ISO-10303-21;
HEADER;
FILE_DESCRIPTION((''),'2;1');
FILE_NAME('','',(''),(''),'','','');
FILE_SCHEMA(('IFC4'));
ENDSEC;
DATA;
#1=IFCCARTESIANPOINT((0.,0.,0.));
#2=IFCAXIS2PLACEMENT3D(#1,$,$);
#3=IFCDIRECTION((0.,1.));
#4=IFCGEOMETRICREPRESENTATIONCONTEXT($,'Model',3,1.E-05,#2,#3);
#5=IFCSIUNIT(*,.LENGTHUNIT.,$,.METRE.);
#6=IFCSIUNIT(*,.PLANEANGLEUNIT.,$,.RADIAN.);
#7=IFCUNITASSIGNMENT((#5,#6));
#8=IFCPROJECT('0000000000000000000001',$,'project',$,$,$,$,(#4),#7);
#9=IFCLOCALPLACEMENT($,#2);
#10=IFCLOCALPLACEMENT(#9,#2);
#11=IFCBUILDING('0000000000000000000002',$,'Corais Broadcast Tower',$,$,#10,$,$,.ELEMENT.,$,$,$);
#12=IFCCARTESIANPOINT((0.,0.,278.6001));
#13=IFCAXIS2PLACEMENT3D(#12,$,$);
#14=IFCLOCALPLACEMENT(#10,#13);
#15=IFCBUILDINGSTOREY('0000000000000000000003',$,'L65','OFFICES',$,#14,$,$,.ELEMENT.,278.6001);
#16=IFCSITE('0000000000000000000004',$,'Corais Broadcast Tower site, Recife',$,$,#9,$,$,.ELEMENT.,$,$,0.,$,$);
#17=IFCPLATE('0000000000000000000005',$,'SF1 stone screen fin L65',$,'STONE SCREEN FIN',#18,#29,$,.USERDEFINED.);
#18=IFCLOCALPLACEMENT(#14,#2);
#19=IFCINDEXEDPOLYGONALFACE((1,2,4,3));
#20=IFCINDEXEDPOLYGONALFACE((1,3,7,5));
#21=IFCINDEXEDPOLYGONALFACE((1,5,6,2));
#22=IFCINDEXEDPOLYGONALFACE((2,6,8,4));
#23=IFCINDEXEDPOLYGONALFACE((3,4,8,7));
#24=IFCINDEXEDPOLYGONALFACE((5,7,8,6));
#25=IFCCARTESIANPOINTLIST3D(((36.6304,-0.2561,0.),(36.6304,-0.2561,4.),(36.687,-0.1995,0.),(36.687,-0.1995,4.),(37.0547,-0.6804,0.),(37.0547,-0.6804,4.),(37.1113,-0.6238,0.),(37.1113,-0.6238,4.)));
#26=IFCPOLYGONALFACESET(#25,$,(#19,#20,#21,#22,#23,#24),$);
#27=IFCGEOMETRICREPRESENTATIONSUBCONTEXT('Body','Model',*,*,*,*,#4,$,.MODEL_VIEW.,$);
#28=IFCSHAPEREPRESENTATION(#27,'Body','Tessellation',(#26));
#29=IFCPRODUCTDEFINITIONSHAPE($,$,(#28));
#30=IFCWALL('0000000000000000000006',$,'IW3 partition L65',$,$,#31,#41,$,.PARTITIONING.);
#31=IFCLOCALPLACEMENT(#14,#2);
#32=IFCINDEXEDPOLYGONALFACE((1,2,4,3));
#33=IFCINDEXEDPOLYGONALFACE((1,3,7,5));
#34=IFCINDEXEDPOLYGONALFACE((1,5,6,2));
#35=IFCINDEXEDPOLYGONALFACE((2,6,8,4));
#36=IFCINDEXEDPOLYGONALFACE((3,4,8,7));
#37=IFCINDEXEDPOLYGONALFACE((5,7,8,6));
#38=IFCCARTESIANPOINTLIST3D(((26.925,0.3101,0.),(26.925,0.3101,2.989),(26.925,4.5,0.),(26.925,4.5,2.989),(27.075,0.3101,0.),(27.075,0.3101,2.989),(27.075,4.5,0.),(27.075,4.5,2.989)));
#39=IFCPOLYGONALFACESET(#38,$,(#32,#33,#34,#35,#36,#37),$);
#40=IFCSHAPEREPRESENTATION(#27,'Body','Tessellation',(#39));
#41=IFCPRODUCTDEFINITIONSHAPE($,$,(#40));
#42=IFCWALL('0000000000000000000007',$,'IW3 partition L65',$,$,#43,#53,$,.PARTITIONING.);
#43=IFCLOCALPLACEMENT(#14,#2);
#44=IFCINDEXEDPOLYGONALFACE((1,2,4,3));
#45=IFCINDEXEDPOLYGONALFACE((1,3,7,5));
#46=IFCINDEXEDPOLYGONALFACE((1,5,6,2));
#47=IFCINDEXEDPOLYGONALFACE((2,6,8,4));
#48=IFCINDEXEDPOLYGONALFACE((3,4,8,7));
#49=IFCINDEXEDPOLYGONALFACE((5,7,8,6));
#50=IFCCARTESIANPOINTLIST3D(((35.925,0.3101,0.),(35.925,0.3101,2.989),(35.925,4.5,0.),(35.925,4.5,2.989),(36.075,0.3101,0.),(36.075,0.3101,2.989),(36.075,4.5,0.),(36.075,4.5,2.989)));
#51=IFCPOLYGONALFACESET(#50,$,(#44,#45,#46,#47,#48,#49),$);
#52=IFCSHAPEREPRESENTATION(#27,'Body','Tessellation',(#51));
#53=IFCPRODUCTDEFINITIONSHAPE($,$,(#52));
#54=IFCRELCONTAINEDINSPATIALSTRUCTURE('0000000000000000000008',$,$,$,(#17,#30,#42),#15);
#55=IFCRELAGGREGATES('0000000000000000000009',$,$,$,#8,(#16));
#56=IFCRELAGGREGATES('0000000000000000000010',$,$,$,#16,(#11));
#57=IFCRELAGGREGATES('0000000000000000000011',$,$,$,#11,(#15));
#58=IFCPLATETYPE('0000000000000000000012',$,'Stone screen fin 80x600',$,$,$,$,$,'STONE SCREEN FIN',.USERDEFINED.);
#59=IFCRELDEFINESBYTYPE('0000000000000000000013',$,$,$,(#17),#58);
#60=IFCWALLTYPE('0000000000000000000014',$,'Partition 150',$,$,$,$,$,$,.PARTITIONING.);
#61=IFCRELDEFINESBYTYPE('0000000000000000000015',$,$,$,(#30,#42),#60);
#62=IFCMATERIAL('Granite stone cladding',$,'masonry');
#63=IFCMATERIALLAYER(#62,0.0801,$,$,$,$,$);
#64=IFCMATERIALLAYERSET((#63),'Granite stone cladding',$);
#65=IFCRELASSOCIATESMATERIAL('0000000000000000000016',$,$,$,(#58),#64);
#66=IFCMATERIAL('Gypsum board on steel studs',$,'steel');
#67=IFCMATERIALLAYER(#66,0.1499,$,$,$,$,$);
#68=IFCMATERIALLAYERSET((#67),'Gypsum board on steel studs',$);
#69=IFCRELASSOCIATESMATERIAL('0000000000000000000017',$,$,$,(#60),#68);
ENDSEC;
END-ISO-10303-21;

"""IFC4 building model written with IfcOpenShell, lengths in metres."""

from ifc_helpers import new_model, si_unit, direction, frame, frame_2d, origin, origin_2d, place, context, subcontext, project, spatial, rectangle, extrude, material, layer, layer_set, type_object, element, save


model = new_model("IFC4")

# Units and contexts
model_context = context("Model", 3, precision=1e-05, world=origin(), true_north=direction((0.0, 1.0)))
body_context = subcontext(model_context, "Body", "Model", "MODEL_VIEW")
ifc_project = project(units=[si_unit("LENGTHUNIT", "METRE"), si_unit("PLANEANGLEUNIT", "RADIAN")], contexts=[model_context])

# Site, building, storey
site_placement = place(None, origin())
site = spatial("IfcSite", under=ifc_project, at=site_placement, Name="Corais Broadcast Tower site, Recife", CompositionType="ELEMENT", RefElevation=0.0)
building_placement = place(site_placement, origin())
building = spatial("IfcBuilding", under=site, at=building_placement, Name="Corais Broadcast Tower", CompositionType="ELEMENT")
storey_placement = place(building_placement, frame((0.0, 0.0, 278.6001)))
storey = spatial("IfcBuildingStorey", under=building, at=storey_placement, Name="L65", Description="OFFICES", CompositionType="ELEMENT", Elevation=278.6001)

# Plate
ifc_material_1 = material(Name="Granite stone cladding", Category="masonry")
ifc_layer_1 = layer(ifc_material_1, 0.0801)
ifc_layer_set_1 = layer_set([ifc_layer_1], Name="Granite stone cladding")
plate_type_1 = type_object("IfcPlateType", Name="Stone screen fin 80x600", ElementType="STONE SCREEN FIN", PredefinedType="USERDEFINED", material=ifc_layer_set_1)
plate_1_placement = place(storey_placement, frame((36.8708, -0.4399, 0.0), z_axis=(0.0, 0.0, 1.0), x_axis=(-0.707107, -0.707107, 0.0)))
element("IfcPlate", 1, at=plate_1_placement, inside=storey, type_object=plate_type_1, Name="SF1 stone screen fin L65", ObjectType="STONE SCREEN FIN", PredefinedType="USERDEFINED", context=body_context, shape_type="SweptSolid", body=[
    extrude(rectangle(XDim=0.0801, YDim=0.6001, at=origin_2d()), origin(), (0.0, 0.0, 1.0), 4.0),
])

# Walls
ifc_material_2 = material(Name="Gypsum board on steel studs", Category="steel")
ifc_layer_2 = layer(ifc_material_2, 0.1499)
ifc_layer_set_2 = layer_set([ifc_layer_2], Name="Gypsum board on steel studs")
wall_type = type_object("IfcWallType", Name="Partition 150", PredefinedType="PARTITIONING", material=ifc_layer_set_2)
for number, where, z_axis, x_axis, name in (
    (2, (27.0, 0.3101, 0.0), (0.0, 0.0, 1.0), (0.0, 1.0, 0.0), "IW3 partition L65"),
    (3, (36.0, 0.3101, 0.0), (0.0, 0.0, 1.0), (0.0, 1.0, 0.0), "IW3 partition L65"),
):
    element("IfcWall", number, at=place(storey_placement, frame(where, z_axis=z_axis, x_axis=x_axis)), inside=storey, type_object=wall_type, Name=name, PredefinedType="PARTITIONING", context=body_context, shape_type="SweptSolid", body=[
        extrude(rectangle(XDim=4.1899, YDim=0.1499, at=frame_2d((2.095, 0.0))), origin(), (0.0, 0.0, 1.0), 2.989),
    ])

save(model, "model.ifc")
